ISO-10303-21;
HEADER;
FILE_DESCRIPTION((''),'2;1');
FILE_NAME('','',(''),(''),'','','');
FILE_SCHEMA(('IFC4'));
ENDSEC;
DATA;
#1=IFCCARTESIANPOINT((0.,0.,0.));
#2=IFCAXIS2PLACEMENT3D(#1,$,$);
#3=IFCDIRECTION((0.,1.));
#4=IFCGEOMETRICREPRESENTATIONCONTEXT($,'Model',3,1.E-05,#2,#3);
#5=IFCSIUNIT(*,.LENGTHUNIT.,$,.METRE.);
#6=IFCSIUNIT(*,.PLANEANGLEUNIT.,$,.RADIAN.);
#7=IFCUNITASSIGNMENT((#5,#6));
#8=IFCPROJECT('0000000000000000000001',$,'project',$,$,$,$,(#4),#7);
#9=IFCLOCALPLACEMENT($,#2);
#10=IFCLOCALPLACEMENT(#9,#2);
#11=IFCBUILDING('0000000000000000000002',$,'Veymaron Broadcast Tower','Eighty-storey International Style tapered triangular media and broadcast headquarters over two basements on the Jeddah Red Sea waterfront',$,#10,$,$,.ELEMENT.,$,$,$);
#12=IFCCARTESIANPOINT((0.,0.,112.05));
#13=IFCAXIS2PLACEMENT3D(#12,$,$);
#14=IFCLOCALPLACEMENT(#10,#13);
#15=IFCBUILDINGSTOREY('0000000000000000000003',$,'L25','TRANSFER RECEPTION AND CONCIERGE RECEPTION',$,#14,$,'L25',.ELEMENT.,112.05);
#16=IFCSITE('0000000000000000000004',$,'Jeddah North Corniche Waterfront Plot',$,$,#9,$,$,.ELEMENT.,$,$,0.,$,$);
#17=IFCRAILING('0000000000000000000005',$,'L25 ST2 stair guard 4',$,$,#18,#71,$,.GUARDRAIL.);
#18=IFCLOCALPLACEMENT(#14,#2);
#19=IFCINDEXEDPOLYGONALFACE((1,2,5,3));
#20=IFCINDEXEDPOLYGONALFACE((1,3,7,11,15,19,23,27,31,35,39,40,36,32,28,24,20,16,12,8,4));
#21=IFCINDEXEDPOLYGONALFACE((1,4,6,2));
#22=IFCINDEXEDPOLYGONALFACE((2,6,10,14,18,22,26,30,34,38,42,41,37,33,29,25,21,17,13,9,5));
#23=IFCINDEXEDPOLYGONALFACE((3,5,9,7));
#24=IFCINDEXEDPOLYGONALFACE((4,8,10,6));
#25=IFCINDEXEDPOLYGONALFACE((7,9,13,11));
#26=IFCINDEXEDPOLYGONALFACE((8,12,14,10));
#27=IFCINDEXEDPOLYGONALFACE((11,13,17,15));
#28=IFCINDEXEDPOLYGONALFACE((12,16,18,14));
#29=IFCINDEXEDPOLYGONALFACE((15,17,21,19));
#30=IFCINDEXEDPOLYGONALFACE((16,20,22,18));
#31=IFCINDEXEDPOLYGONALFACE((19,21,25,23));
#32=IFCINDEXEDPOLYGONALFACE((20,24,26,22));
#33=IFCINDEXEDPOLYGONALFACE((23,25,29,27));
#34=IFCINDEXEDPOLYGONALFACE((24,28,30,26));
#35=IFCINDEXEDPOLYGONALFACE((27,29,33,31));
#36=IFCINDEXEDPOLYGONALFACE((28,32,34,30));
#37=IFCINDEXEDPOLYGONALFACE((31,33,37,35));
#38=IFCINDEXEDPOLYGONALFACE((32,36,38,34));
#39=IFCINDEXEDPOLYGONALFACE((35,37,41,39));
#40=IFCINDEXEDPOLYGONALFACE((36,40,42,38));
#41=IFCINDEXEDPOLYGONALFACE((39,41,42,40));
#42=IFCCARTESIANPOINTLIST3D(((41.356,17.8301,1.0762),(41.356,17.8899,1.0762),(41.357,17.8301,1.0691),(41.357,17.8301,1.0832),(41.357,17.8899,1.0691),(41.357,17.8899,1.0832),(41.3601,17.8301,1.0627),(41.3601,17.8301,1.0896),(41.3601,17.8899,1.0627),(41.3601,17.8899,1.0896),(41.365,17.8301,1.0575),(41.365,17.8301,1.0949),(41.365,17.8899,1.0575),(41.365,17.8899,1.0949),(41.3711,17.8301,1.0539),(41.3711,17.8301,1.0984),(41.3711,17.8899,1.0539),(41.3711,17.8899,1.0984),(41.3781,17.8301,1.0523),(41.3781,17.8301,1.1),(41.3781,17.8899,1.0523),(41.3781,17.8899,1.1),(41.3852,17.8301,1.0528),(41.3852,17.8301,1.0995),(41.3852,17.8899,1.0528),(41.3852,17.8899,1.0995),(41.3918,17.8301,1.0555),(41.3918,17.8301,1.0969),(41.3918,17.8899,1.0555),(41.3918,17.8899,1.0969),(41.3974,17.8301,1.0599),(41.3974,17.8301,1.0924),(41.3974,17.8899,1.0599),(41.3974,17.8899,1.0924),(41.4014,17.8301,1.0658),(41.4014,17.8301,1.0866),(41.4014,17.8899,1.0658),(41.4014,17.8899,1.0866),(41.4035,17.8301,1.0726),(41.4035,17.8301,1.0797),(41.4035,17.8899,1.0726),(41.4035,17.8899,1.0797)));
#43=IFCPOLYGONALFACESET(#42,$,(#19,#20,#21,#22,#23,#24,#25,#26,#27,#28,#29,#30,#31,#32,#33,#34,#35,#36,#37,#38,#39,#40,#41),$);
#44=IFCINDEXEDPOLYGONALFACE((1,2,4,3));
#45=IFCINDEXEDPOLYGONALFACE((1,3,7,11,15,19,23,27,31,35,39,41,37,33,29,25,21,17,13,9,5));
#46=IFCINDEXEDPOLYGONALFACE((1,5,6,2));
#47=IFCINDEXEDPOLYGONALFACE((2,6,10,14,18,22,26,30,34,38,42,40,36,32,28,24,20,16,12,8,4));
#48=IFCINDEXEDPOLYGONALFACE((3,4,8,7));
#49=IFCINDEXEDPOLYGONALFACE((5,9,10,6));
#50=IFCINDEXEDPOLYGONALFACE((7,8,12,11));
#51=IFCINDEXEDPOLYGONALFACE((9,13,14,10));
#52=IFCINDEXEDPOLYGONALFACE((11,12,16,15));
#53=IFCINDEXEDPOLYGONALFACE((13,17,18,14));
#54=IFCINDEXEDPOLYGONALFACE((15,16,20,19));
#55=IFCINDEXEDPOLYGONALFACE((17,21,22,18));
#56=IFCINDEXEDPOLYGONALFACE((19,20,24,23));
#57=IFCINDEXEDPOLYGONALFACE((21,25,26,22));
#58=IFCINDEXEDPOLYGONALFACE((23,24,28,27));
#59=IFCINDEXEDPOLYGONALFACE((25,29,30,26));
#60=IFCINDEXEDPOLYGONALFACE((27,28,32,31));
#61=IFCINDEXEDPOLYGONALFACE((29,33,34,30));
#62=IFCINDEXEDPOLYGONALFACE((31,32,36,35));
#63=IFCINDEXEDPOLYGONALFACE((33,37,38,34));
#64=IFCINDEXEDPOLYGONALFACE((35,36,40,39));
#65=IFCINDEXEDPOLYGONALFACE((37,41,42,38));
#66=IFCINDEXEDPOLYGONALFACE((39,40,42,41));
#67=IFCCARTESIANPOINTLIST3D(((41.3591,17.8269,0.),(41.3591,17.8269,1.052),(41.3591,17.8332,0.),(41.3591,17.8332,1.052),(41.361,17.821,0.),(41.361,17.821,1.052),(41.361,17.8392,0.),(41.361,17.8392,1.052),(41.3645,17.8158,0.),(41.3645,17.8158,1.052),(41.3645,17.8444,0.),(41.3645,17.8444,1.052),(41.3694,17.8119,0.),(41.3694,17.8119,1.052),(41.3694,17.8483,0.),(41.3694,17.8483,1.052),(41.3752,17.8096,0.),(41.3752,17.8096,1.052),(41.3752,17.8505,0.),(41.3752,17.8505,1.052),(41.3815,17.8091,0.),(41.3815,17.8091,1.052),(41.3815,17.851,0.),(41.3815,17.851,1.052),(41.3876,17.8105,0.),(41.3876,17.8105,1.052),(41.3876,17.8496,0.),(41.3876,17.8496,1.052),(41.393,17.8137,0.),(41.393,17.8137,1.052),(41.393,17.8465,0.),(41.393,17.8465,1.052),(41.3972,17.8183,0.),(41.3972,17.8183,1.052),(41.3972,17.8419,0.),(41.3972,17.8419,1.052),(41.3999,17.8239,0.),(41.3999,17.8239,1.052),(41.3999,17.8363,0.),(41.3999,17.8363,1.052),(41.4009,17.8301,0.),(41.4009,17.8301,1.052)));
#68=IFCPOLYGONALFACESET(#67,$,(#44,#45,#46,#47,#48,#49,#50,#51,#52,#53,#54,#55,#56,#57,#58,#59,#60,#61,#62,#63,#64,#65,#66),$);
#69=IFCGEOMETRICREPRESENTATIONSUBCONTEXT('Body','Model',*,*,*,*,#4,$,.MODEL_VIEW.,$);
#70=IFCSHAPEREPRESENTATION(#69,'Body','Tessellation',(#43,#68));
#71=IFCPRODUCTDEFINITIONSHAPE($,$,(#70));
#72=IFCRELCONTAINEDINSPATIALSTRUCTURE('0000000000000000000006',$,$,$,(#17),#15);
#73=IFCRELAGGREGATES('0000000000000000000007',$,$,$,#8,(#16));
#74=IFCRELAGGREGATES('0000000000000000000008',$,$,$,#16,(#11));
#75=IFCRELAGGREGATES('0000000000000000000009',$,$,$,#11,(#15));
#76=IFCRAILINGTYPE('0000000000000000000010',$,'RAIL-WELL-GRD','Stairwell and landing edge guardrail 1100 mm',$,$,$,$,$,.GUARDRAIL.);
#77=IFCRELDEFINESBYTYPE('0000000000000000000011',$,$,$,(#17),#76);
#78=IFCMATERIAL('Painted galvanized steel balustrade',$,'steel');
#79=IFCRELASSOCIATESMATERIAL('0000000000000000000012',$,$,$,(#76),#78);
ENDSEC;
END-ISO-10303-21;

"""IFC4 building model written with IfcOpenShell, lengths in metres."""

from ifc_helpers import new_model, si_unit, direction, frame, origin, origin_2d, place, context, subcontext, project, spatial, circle, extrude, material, type_object, element, save


model = new_model("IFC4")

# Units and contexts
model_context = context("Model", 3, precision=1e-05, world=origin(), true_north=direction((0.0, 1.0)))
body_context = subcontext(model_context, "Body", "Model", "MODEL_VIEW")
ifc_project = project(units=[si_unit("LENGTHUNIT", "METRE"), si_unit("PLANEANGLEUNIT", "RADIAN")], contexts=[model_context])

# Site, building, storey
site_placement = place(None, origin())
site = spatial("IfcSite", under=ifc_project, at=site_placement, Name="Jeddah North Corniche Waterfront Plot", CompositionType="ELEMENT", RefElevation=0.0)
building_placement = place(site_placement, origin())
building = spatial("IfcBuilding", under=site, at=building_placement, Name="Veymaron Broadcast Tower", Description="Eighty-storey International Style tapered triangular media and broadcast headquarters over two basements on the Jeddah Red Sea waterfront", CompositionType="ELEMENT")
storey_placement = place(building_placement, frame((0.0, 0.0, 112.05)))
storey = spatial("IfcBuildingStorey", under=building, at=storey_placement, Name="L25", Description="TRANSFER RECEPTION AND CONCIERGE RECEPTION", LongName="L25", CompositionType="ELEMENT", Elevation=112.05)

# Railing
ifc_material_1 = material(Name="Painted galvanized steel balustrade", Category="steel")
railing_type_1 = type_object("IfcRailingType", Name="RAIL-WELL-GRD", Description="Stairwell and landing edge guardrail 1100 mm", PredefinedType="GUARDRAIL", material=ifc_material_1)
railing_1_placement = place(storey_placement, frame((41.3799, 17.8301, 0.0)))
element("IfcRailing", 1, at=railing_1_placement, inside=storey, type_object=railing_type_1, Name="L25 ST2 stair guard 4", PredefinedType="GUARDRAIL", context=body_context, shape_type="SweptSolid", body=[
    extrude(circle(Radius=0.0239, at=origin_2d()), frame((0.0, 0.0, 1.0762), z_axis=(0.0, 1.0, 0.0), x_axis=(-1.0, 0.0, 0.0)), (0.0, 0.0, 1.0), 0.0598),
    extrude(circle(Radius=0.021, at=origin_2d()), origin(), (0.0, 0.0, 1.0), 1.052),
])

save(model, "model.ifc")
